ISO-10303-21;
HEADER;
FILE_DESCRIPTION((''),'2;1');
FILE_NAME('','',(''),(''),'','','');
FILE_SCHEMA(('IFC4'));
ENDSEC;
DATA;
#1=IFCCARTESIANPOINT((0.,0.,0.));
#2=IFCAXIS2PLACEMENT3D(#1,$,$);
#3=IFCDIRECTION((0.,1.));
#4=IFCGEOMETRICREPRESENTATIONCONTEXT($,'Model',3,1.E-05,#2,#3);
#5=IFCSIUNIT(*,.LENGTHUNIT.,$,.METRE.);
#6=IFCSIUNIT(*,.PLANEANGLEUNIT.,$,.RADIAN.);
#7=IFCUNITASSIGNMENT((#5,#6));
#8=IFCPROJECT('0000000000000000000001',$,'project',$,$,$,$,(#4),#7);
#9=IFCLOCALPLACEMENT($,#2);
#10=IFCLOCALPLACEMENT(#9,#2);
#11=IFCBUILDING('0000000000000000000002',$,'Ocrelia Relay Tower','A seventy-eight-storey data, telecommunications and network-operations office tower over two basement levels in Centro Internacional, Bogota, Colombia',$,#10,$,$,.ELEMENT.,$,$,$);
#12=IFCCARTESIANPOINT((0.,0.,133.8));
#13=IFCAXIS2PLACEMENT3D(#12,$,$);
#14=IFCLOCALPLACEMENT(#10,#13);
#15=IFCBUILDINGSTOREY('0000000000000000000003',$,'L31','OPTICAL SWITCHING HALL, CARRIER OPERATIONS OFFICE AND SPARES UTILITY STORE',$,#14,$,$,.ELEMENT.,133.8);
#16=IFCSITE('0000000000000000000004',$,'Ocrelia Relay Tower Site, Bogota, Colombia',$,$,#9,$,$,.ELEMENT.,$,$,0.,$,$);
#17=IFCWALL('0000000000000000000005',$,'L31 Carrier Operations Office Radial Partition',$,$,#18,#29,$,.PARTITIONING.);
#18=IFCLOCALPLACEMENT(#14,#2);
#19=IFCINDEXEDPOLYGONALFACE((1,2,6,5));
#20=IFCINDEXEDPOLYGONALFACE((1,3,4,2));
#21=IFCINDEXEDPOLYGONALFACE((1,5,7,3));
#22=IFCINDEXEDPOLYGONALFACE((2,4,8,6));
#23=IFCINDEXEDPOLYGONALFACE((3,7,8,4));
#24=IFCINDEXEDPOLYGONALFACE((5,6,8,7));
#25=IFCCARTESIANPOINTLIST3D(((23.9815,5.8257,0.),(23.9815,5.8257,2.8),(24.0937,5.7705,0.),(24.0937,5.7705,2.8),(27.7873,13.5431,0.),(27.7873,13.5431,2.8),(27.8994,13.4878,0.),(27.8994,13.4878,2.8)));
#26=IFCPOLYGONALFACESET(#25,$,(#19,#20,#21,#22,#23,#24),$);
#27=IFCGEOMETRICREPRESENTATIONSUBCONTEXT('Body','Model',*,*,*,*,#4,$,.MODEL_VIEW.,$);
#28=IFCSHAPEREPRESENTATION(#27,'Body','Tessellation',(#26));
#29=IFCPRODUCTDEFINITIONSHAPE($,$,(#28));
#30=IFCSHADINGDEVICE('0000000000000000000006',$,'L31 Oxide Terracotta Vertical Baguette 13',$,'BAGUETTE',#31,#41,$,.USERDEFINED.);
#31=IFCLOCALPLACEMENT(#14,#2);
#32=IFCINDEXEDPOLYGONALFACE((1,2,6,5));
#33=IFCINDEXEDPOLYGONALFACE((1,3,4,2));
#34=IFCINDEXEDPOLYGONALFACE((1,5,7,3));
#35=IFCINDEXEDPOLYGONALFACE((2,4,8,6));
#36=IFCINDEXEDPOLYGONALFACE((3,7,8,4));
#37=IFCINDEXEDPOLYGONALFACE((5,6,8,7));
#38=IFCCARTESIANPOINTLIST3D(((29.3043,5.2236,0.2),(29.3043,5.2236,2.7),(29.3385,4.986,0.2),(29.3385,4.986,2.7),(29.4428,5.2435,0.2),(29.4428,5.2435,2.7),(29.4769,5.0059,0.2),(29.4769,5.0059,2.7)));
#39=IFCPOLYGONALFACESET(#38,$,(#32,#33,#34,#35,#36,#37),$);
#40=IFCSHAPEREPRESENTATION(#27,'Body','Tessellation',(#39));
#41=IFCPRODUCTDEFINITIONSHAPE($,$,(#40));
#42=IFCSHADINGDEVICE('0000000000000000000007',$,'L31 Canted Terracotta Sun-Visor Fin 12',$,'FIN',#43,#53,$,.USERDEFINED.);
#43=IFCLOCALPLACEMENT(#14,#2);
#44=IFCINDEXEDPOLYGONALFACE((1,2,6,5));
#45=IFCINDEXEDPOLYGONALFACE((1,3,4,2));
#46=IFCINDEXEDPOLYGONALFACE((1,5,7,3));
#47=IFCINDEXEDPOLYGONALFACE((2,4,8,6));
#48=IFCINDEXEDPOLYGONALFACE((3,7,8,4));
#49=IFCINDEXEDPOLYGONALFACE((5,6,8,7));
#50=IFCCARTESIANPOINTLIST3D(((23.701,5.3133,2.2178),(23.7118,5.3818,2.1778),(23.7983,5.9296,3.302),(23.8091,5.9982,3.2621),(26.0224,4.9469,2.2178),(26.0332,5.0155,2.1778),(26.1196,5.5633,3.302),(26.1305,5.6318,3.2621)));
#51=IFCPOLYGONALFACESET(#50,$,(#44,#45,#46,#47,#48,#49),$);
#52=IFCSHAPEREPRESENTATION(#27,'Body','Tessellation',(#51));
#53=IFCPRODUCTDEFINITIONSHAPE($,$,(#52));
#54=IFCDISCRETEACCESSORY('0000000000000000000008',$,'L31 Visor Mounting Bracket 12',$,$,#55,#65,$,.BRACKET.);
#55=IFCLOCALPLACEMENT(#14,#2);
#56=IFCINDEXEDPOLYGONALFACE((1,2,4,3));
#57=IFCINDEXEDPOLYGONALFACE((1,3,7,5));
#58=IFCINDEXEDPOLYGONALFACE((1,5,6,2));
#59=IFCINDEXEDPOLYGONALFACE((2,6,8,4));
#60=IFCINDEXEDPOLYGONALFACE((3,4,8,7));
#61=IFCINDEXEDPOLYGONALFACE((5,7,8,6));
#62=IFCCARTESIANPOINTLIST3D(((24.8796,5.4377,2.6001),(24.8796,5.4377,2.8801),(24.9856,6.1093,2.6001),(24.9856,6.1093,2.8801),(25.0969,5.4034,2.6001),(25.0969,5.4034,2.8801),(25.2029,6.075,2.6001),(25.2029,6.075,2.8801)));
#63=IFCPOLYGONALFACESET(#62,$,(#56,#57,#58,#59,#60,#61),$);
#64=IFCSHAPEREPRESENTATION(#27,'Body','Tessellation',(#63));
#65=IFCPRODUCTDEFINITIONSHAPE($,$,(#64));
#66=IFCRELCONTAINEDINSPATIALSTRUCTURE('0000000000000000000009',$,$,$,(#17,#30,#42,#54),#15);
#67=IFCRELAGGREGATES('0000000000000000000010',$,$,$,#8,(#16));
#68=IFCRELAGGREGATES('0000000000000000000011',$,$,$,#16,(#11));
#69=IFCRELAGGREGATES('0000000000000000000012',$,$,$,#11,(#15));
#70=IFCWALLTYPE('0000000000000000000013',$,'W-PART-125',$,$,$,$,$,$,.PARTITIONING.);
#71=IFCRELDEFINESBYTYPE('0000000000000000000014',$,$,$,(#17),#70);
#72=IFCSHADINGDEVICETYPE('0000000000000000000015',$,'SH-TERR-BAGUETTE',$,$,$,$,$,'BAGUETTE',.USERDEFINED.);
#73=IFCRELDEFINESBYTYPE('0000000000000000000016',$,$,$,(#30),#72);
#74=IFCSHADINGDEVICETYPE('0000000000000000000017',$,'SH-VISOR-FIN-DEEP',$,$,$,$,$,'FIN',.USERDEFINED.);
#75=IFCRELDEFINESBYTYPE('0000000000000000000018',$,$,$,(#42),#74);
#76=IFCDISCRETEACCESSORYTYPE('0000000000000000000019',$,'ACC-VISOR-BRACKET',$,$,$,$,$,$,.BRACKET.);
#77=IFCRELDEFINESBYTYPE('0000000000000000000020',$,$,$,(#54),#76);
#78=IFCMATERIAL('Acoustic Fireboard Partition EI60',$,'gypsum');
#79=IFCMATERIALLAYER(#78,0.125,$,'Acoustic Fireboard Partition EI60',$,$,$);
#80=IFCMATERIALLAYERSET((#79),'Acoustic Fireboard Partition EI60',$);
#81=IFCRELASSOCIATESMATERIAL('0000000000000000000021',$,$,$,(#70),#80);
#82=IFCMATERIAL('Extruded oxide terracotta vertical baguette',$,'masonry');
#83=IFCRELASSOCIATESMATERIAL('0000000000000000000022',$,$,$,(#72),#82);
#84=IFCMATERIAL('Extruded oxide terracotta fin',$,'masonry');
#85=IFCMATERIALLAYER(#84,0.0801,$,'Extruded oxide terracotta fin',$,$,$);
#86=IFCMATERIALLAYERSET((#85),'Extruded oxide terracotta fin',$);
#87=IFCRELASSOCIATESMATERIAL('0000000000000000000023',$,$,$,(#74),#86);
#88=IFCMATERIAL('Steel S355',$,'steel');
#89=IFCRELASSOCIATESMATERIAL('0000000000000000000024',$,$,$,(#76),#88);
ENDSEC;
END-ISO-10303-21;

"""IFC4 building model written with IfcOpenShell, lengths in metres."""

from ifc_helpers import new_model, si_unit, direction, frame, frame_2d, origin, origin_2d, place, context, subcontext, project, spatial, rectangle, extrude, material, layer, layer_set, type_object, element, save


model = new_model("IFC4")

# Units and contexts
model_context = context("Model", 3, precision=1e-05, world=origin(), true_north=direction((0.0, 1.0)))
body_context = subcontext(model_context, "Body", "Model", "MODEL_VIEW")
ifc_project = project(units=[si_unit("LENGTHUNIT", "METRE"), si_unit("PLANEANGLEUNIT", "RADIAN")], contexts=[model_context])

# Site, building, storey
site_placement = place(None, origin())
site = spatial("IfcSite", under=ifc_project, at=site_placement, Name="Ocrelia Relay Tower Site, Bogota, Colombia", CompositionType="ELEMENT", RefElevation=0.0)
building_placement = place(site_placement, origin())
building = spatial("IfcBuilding", under=site, at=building_placement, Name="Ocrelia Relay Tower", Description="A seventy-eight-storey data, telecommunications and network-operations office tower over two basement levels in Centro Internacional, Bogota, Colombia", CompositionType="ELEMENT")
storey_placement = place(building_placement, frame((0.0, 0.0, 133.8)))
storey = spatial("IfcBuildingStorey", under=building, at=storey_placement, Name="L31", Description="OPTICAL SWITCHING HALL, CARRIER OPERATIONS OFFICE AND SPARES UTILITY STORE", CompositionType="ELEMENT", Elevation=133.8)

# Shared definitions
ifc_material_1 = material(Name="Steel S355", Category="steel")

# Wall
ifc_material_2 = material(Name="Acoustic Fireboard Partition EI60", Category="gypsum")
ifc_layer_1 = layer(ifc_material_2, 0.125, Name="Acoustic Fireboard Partition EI60")
ifc_layer_set_1 = layer_set([ifc_layer_1], Name="Acoustic Fireboard Partition EI60")
wall_type_1 = type_object("IfcWallType", Name="W-PART-125", PredefinedType="PARTITIONING", material=ifc_layer_set_1)
wall_1_placement = place(storey_placement, frame((27.8433, 13.5154, 0.0), z_axis=(0.0, 0.0, 1.0), x_axis=(-0.442281, -0.896876, 0.0)))
element("IfcWall", 1, at=wall_1_placement, inside=storey, type_object=wall_type_1, Name="L31 Carrier Operations Office Radial Partition", PredefinedType="PARTITIONING", context=body_context, shape_type="SweptSolid", body=[
    extrude(rectangle(XDim=8.6047, YDim=0.125, at=frame_2d((4.3022, 0.0))), origin(), (0.0, 0.0, 1.0), 2.8),
])

# Shading devices
ifc_material_3 = material(Name="Extruded oxide terracotta vertical baguette", Category="masonry")
shading_device_type_1 = type_object("IfcShadingDeviceType", Name="SH-TERR-BAGUETTE", ElementType="BAGUETTE", PredefinedType="USERDEFINED", material=ifc_material_3)
shading_device_1_placement = place(storey_placement, frame((29.3906, 5.1147, 0.2), z_axis=(0.0, 0.0, 1.0), x_axis=(0.989829, 0.142259, 0.0)))
element("IfcShadingDevice", 2, at=shading_device_1_placement, inside=storey, type_object=shading_device_type_1, Name="L31 Oxide Terracotta Vertical Baguette 13", ObjectType="BAGUETTE", PredefinedType="USERDEFINED", context=body_context, shape_type="SweptSolid", body=[
    extrude(rectangle(XDim=0.1399, YDim=0.24, at=origin_2d()), origin(), (0.0, 0.0, 1.0), 2.5),
])
ifc_material_4 = material(Name="Extruded oxide terracotta fin", Category="masonry")
ifc_layer_2 = layer(ifc_material_4, 0.0801, Name="Extruded oxide terracotta fin")
ifc_layer_set_2 = layer_set([ifc_layer_2], Name="Extruded oxide terracotta fin")
shading_device_type_2 = type_object("IfcShadingDeviceType", Name="SH-VISOR-FIN-DEEP", ElementType="FIN", PredefinedType="USERDEFINED", material=ifc_layer_set_2)
shading_device_2_placement = place(storey_placement, frame((24.9211, 5.5068, 2.72), z_axis=(-0.135108, -0.856127, 0.49879), x_axis=(0.987775, -0.155883, 0.0)))
element("IfcShadingDevice", 3, at=shading_device_2_placement, inside=storey, type_object=shading_device_type_2, Name="L31 Canted Terracotta Sun-Visor Fin 12", ObjectType="FIN", PredefinedType="USERDEFINED", context=body_context, shape_type="SweptSolid", body=[
    extrude(rectangle(XDim=2.3501, YDim=1.251, at=origin_2d()), origin(), (0.0, 0.0, 1.0), 0.0801),
])

# Discrete accessory
discrete_accessory_type = type_object("IfcDiscreteAccessoryType", Name="ACC-VISOR-BRACKET", PredefinedType="BRACKET", material=ifc_material_1)
discrete_accessory_placement = place(storey_placement, frame((25.0413, 5.7563, 2.6001), z_axis=(0.0, 0.0, 1.0), x_axis=(0.987775, -0.155883, 0.0)))
element("IfcDiscreteAccessory", 4, at=discrete_accessory_placement, inside=storey, type_object=discrete_accessory_type, Name="L31 Visor Mounting Bracket 12", PredefinedType="BRACKET", context=body_context, shape_type="SweptSolid", body=[
    extrude(rectangle(XDim=0.22, YDim=0.6799, at=origin_2d()), origin(), (0.0, 0.0, 1.0), 0.28),
])

save(model, "model.ifc")
